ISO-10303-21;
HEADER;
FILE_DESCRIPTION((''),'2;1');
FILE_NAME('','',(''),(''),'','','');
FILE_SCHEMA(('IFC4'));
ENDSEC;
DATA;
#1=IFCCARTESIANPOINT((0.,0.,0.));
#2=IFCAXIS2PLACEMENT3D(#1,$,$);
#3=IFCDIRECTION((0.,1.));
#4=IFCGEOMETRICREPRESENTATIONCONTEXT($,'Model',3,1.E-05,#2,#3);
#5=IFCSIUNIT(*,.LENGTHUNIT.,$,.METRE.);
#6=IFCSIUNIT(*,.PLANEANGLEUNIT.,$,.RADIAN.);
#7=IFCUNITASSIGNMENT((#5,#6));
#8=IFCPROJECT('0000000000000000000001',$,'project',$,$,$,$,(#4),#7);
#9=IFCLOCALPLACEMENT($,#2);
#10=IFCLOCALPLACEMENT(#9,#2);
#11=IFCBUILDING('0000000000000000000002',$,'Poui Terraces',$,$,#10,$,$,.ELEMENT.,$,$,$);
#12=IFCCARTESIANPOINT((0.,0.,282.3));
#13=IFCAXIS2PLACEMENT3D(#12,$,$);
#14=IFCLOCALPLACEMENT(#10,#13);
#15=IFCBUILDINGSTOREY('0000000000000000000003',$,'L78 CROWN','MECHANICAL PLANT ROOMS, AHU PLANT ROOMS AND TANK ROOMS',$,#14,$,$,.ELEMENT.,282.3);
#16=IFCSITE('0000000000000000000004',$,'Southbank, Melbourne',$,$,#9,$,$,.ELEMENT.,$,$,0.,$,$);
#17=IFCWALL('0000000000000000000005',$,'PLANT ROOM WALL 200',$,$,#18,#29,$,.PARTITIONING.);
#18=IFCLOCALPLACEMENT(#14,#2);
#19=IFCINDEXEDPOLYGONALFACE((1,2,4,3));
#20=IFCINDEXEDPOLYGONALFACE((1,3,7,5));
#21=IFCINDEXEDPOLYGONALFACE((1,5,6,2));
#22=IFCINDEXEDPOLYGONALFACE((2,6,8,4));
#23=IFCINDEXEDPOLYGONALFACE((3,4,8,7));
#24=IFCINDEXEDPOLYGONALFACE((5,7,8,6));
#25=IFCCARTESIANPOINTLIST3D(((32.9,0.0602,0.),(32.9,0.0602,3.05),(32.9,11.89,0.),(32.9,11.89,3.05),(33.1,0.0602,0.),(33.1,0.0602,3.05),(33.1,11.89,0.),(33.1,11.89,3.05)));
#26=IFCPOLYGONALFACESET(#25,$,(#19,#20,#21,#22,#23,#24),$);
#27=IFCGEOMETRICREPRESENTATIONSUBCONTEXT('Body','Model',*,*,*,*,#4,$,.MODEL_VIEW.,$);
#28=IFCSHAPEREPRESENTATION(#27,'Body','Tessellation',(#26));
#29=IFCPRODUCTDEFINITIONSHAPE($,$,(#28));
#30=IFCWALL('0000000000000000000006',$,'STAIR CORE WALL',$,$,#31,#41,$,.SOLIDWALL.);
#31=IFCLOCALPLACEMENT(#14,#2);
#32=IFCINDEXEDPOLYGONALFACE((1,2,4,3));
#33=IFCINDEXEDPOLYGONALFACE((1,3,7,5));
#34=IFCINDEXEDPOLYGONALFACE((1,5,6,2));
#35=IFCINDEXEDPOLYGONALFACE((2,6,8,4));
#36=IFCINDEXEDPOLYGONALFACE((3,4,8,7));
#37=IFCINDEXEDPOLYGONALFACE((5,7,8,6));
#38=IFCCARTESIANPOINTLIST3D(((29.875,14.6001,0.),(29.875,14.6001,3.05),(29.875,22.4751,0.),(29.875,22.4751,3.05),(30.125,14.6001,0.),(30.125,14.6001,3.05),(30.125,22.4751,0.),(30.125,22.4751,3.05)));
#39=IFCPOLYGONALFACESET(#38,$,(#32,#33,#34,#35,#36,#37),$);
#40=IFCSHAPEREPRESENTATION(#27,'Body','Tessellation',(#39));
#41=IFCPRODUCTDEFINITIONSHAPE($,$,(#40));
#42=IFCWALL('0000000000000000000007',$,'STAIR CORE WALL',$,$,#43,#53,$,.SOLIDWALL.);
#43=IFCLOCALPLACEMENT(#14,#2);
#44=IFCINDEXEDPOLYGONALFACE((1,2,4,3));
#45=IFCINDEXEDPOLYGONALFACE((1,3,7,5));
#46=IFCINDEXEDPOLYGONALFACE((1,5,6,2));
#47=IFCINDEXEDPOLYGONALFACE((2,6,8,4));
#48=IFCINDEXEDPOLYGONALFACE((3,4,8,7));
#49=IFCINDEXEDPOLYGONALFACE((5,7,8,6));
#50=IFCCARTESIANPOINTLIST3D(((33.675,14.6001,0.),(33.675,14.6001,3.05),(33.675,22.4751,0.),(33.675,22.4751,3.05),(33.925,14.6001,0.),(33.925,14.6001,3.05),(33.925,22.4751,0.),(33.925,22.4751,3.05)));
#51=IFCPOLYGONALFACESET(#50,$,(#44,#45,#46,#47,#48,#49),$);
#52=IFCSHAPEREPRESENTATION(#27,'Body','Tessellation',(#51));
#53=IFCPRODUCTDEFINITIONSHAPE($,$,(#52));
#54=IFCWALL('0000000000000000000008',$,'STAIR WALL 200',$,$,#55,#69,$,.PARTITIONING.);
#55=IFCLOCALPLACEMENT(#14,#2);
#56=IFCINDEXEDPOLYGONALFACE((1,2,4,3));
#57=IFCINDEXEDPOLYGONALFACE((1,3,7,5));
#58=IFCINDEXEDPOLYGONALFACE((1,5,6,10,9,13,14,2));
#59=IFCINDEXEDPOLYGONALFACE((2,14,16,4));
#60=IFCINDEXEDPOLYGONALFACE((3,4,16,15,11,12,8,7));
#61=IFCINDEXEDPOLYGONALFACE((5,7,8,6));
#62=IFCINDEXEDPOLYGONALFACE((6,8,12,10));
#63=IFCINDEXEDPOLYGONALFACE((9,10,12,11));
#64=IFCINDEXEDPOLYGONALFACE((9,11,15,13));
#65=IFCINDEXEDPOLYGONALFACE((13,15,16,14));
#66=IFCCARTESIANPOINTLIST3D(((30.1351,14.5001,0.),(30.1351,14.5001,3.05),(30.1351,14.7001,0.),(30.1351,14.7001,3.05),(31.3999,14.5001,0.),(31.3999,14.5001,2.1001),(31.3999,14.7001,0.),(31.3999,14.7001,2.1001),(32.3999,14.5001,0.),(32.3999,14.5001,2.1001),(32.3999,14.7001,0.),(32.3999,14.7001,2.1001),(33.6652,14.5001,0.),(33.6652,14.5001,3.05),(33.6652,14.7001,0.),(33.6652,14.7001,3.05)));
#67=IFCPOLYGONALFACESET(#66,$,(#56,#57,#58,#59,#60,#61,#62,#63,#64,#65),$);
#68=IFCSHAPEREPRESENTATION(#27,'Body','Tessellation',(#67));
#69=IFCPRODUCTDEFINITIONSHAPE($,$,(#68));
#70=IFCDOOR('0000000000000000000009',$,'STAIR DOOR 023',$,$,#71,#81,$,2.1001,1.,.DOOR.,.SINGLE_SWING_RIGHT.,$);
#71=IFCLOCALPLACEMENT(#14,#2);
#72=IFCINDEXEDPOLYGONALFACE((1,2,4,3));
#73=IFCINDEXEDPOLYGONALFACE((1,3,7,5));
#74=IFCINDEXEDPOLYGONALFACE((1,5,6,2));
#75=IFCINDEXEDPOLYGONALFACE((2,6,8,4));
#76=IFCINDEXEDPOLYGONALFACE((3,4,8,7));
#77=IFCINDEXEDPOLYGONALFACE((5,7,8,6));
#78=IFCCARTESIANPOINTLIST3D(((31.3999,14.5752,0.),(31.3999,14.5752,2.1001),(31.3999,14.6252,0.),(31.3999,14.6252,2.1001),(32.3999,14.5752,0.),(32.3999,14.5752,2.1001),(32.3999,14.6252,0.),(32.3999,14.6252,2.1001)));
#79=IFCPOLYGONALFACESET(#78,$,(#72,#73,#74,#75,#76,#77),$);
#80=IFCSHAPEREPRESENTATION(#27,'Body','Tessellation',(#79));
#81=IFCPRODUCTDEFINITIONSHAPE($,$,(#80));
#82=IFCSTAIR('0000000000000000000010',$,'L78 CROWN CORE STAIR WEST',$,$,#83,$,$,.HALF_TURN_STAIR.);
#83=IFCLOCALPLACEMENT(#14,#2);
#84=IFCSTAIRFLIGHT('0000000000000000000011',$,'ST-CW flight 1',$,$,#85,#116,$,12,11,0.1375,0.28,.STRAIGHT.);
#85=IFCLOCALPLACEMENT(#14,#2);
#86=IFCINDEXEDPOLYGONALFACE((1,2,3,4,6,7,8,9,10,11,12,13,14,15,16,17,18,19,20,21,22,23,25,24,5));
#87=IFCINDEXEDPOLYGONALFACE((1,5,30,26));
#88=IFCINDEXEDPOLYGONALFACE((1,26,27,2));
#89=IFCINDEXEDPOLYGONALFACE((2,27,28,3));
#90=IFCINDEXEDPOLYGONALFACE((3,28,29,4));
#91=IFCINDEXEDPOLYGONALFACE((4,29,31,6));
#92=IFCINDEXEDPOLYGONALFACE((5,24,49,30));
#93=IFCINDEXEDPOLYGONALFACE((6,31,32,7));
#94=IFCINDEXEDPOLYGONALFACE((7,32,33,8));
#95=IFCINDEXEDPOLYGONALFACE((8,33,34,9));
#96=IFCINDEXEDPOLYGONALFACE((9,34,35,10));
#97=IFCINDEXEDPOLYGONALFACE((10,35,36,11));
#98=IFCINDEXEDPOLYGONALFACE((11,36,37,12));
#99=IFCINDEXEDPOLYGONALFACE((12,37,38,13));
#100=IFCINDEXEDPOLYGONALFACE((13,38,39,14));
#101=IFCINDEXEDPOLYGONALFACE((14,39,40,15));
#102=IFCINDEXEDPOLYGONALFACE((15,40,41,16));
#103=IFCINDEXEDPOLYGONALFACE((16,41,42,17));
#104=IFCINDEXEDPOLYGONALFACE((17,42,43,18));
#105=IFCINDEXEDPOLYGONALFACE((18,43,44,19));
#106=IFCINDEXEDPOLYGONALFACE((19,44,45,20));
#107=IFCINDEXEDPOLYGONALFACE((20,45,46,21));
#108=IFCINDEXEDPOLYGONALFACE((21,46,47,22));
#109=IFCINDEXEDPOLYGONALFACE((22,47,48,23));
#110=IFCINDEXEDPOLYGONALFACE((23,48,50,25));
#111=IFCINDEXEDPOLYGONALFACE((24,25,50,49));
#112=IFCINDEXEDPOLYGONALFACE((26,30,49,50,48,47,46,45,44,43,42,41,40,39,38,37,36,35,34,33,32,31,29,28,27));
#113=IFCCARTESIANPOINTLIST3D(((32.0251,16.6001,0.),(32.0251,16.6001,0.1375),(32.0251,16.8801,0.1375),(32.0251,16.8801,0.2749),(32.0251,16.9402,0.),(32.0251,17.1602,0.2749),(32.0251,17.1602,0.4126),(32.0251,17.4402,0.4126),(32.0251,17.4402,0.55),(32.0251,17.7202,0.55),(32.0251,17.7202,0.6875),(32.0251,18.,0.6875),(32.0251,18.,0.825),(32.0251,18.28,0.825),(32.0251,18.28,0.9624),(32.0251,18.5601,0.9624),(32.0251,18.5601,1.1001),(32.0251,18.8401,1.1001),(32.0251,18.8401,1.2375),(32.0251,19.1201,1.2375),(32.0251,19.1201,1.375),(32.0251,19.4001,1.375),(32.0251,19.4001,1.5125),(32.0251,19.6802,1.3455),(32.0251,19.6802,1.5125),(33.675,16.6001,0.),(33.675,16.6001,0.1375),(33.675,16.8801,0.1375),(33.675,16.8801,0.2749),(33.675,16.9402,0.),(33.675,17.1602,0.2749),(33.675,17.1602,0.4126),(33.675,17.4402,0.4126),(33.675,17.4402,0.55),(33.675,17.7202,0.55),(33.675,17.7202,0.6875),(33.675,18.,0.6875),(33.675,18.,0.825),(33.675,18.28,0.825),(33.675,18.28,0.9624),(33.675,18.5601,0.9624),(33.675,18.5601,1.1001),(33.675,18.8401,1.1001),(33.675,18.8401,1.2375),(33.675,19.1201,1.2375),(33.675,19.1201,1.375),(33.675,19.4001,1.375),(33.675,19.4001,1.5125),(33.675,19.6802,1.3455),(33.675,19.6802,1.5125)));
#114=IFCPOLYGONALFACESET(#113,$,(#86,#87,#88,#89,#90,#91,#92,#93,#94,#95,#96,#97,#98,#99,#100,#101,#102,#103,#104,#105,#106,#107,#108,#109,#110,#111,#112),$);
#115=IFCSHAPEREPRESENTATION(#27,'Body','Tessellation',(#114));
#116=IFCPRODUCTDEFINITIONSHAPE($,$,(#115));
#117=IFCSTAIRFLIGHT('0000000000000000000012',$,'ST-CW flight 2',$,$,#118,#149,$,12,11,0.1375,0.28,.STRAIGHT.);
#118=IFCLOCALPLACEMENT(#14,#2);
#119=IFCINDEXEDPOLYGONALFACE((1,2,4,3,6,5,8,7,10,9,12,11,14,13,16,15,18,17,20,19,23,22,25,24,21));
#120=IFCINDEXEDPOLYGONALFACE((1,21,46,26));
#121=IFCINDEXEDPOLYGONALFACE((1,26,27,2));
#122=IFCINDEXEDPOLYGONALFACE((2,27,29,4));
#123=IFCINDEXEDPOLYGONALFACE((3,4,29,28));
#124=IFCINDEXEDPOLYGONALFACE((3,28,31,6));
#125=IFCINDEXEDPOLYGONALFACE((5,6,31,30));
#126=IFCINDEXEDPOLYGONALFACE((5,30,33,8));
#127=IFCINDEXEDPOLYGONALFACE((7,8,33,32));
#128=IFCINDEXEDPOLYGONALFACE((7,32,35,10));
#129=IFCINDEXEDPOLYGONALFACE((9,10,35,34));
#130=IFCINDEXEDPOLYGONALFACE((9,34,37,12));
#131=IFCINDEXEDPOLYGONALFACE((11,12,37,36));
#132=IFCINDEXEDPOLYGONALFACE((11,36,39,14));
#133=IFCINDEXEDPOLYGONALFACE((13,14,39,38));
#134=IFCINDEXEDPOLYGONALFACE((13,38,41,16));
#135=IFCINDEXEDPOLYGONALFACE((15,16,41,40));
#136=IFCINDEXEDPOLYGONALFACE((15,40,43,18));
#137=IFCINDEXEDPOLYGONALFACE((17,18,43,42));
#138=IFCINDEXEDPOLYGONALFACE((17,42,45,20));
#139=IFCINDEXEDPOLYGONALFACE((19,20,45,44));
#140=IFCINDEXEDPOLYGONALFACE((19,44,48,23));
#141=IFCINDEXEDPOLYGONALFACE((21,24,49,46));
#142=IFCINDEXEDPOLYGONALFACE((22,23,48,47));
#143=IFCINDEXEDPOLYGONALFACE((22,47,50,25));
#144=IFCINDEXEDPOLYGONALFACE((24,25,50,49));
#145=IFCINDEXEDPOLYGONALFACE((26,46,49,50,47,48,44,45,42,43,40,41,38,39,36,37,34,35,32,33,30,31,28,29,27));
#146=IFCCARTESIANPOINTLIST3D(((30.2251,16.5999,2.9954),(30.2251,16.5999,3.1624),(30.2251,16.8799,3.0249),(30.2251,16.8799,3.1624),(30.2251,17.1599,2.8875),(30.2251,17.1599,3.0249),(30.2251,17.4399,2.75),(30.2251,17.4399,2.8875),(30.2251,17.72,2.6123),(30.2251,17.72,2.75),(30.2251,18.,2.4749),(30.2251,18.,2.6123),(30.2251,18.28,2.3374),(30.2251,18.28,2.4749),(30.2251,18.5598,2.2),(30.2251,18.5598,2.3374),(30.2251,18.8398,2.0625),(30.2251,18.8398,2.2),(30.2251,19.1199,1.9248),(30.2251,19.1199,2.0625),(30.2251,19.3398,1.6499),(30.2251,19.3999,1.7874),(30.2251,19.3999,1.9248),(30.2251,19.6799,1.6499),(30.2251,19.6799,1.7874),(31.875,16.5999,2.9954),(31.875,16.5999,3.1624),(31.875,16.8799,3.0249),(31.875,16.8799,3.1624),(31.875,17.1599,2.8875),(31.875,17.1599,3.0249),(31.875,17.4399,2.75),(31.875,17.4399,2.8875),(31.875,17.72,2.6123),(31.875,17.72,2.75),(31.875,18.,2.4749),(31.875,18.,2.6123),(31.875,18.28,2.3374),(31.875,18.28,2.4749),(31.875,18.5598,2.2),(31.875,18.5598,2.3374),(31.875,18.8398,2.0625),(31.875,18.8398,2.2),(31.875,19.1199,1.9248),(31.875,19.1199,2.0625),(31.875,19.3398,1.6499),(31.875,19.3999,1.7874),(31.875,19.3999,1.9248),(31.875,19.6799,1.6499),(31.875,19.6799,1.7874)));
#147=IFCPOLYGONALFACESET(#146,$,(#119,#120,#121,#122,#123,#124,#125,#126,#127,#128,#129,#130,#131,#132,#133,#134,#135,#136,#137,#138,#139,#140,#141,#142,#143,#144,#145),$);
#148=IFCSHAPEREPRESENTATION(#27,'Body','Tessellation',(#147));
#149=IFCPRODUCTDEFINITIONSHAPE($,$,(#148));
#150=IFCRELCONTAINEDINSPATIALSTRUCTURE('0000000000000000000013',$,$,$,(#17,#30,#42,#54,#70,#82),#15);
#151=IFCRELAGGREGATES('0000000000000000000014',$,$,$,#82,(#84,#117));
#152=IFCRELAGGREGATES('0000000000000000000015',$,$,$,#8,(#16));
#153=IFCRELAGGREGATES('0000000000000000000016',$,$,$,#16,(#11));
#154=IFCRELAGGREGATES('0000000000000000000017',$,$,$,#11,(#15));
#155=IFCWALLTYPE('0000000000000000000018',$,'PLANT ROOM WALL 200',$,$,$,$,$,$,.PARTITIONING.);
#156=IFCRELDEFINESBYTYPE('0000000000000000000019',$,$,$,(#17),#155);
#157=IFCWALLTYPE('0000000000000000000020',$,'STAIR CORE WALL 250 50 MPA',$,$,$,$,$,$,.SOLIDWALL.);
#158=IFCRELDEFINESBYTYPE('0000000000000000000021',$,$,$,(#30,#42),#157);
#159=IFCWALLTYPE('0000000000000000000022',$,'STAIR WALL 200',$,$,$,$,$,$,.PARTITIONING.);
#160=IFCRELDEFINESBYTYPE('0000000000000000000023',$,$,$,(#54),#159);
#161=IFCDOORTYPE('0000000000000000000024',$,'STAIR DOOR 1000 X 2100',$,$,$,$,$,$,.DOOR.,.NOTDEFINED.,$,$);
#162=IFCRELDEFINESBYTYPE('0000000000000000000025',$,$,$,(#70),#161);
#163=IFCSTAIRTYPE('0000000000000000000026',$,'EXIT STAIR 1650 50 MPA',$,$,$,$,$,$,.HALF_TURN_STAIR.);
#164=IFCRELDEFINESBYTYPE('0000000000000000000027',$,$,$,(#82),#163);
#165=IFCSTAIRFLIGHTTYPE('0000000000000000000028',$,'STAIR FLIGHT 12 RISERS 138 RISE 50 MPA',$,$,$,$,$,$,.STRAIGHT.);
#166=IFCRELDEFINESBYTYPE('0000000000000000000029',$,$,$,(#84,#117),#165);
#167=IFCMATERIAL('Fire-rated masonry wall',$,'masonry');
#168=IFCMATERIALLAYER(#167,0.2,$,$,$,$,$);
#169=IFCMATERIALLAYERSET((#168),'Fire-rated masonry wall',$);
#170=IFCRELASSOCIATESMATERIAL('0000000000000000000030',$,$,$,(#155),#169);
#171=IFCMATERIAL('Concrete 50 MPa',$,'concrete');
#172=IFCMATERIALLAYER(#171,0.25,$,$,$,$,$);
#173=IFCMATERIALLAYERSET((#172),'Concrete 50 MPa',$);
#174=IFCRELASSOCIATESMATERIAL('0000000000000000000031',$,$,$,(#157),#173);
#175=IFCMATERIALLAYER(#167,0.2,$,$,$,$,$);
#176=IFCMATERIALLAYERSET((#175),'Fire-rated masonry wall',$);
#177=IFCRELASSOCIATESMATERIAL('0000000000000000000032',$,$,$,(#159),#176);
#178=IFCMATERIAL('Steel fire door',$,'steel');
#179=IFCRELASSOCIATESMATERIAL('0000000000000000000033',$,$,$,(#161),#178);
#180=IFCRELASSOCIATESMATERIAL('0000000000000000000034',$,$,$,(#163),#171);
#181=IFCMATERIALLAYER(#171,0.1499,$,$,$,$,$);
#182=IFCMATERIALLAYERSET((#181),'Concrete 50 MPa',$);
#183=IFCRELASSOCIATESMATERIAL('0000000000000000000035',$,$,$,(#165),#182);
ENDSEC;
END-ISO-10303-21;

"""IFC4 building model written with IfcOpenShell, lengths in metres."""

from ifc_helpers import new_model, si_unit, direction, frame, frame_2d, origin, place, context, subcontext, project, spatial, polyline, rectangle, outline, extrude, material, layer, layer_set, type_object, element, fill, aggregate, save


model = new_model("IFC4")

# Units and contexts
model_context = context("Model", 3, precision=1e-05, world=origin(), true_north=direction((0.0, 1.0)))
body_context = subcontext(model_context, "Body", "Model", "MODEL_VIEW")
ifc_project = project(units=[si_unit("LENGTHUNIT", "METRE"), si_unit("PLANEANGLEUNIT", "RADIAN")], contexts=[model_context])

# Site, building, storey
site_placement = place(None, origin())
site = spatial("IfcSite", under=ifc_project, at=site_placement, Name="Southbank, Melbourne", CompositionType="ELEMENT", RefElevation=0.0)
building_placement = place(site_placement, origin())
building = spatial("IfcBuilding", under=site, at=building_placement, Name="Poui Terraces", CompositionType="ELEMENT")
storey_placement = place(building_placement, frame((0.0, 0.0, 282.3)))
storey = spatial("IfcBuildingStorey", under=building, at=storey_placement, Name="L78 CROWN", Description="MECHANICAL PLANT ROOMS, AHU PLANT ROOMS AND TANK ROOMS", CompositionType="ELEMENT", Elevation=282.3)

# Shared definitions
ifc_material_1 = material(Name="Concrete 50 MPa", Category="concrete")

# Shared definitions
ifc_material_2 = material(Name="Steel fire door", Category="steel")

# Shared definitions
ifc_material_3 = material(Name="Fire-rated masonry wall", Category="masonry")
ifc_layer_1 = layer(ifc_material_3, 0.2)
ifc_layer_set_1 = layer_set([ifc_layer_1], Name="Fire-rated masonry wall")
wall_type_1 = type_object("IfcWallType", Name="PLANT ROOM WALL 200", PredefinedType="PARTITIONING", material=ifc_layer_set_1)

# Walls
wall_1_placement = place(storey_placement, frame((33.0, 0.0601, 0.0), z_axis=(0.0, 0.0, 1.0), x_axis=(0.0, 1.0, 0.0)))
element("IfcWall", 1, at=wall_1_placement, inside=storey, type_object=wall_type_1, Name="PLANT ROOM WALL 200", PredefinedType="PARTITIONING", context=body_context, shape_type="SweptSolid", body=[
    extrude(rectangle(XDim=11.8298, YDim=0.2, at=frame_2d((5.915, 0.0))), origin(), (0.0, 0.0, 1.0), 3.05),
])
ifc_layer_2 = layer(ifc_material_1, 0.25)
ifc_layer_set_2 = layer_set([ifc_layer_2], Name="Concrete 50 MPa")
wall_type_2 = type_object("IfcWallType", Name="STAIR CORE WALL 250 50 MPA", PredefinedType="SOLIDWALL", material=ifc_layer_set_2)
for number, where, z_axis, x_axis, name in (
    (2, (30.0, 14.6001, 0.0), (0.0, 0.0, 1.0), (0.0, 1.0, 0.0), "STAIR CORE WALL"),
    (3, (33.8, 14.6001, 0.0), (0.0, 0.0, 1.0), (0.0, 1.0, 0.0), "STAIR CORE WALL"),
):
    element("IfcWall", number, at=place(storey_placement, frame(where, z_axis=z_axis, x_axis=x_axis)), inside=storey, type_object=wall_type_2, Name=name, PredefinedType="SOLIDWALL", context=body_context, shape_type="SweptSolid", body=[
        extrude(rectangle(XDim=7.875, YDim=0.25, at=frame_2d((3.9375, 0.0))), origin(), (0.0, 0.0, 1.0), 3.05),
    ])

# Wall, opening, door
ifc_layer_3 = layer(ifc_material_3, 0.2)
ifc_layer_set_3 = layer_set([ifc_layer_3], Name="Fire-rated masonry wall")
wall_type_3 = type_object("IfcWallType", Name="STAIR WALL 200", PredefinedType="PARTITIONING", material=ifc_layer_set_3)
wall_2_placement = place(storey_placement, frame((30.135, 14.6001, 0.0), z_axis=(0.0, 0.0, 1.0), x_axis=(1.0, 0.0, 0.0)))
wall_2 = element("IfcWall", 4, at=wall_2_placement, inside=storey, type_object=wall_type_3, Name="STAIR WALL 200", PredefinedType="PARTITIONING", context=body_context, shape_type="SweptSolid", body=[
    extrude(rectangle(XDim=3.53, YDim=0.2, at=frame_2d((1.7651, 0.0))), origin(), (0.0, 0.0, 1.0), 3.05),
])
opening_1_placement = place(wall_2_placement, frame((1.2649, 0.0, 0.0)))
opening_1 = element("IfcOpeningElement", 5, at=opening_1_placement, cuts=wall_2, PredefinedType="OPENING", context=body_context, shape_type="SweptSolid", body=[
    extrude(rectangle(XDim=1.0, YDim=2.1001, at=frame_2d((0.5, 1.05))), frame((0.0, 0.1099, 0.0), z_axis=(0.0, -1.0, 0.0), x_axis=(1.0, 0.0, 0.0)), (0.0, 0.0, 1.0), 0.22),
])
door_type_1 = type_object("IfcDoorType", Name="STAIR DOOR 1000 X 2100", OperationType="NOTDEFINED", PredefinedType="DOOR", material=ifc_material_2)
door_1_placement = place(opening_1_placement, frame((1.0, 0.0, 0.0), z_axis=(0.0, 0.0, 1.0), x_axis=(-1.0, 0.0, 0.0)))
door_1 = element("IfcDoor", 6, at=door_1_placement, inside=storey, type_object=door_type_1, Name="STAIR DOOR 023", OperationType="SINGLE_SWING_RIGHT", OverallHeight=2.1001, OverallWidth=1.0, PredefinedType="DOOR", context=body_context, shape_type="SweptSolid", body=[
    extrude(rectangle(XDim=1.0, YDim=2.1001, at=frame_2d((0.5, 1.05))), frame((0.0, 0.0249, 0.0), z_axis=(0.0, -1.0, 0.0), x_axis=(1.0, 0.0, 0.0)), (0.0, 0.0, 1.0), 0.05),
])
fill(opening_1, door_1)

# Stair, stair flights
stair_type = type_object("IfcStairType", Name="EXIT STAIR 1650 50 MPA", PredefinedType="HALF_TURN_STAIR", material=ifc_material_1)
stair_placement = place(storey_placement, origin())
stair = element("IfcStair", 7, at=stair_placement, inside=storey, type_object=stair_type, Name="L78 CROWN CORE STAIR WEST", PredefinedType="HALF_TURN_STAIR")
ifc_layer_4 = layer(ifc_material_1, 0.1499)
ifc_layer_set_4 = layer_set([ifc_layer_4], Name="Concrete 50 MPa")
stair_flight_type = type_object("IfcStairFlightType", Name="STAIR FLIGHT 12 RISERS 138 RISE 50 MPA", PredefinedType="STRAIGHT", material=ifc_layer_set_4)
stair_flight_1_placement = place(storey_placement, frame((32.8501, 16.6001, 0.0), z_axis=(0.0, 0.0, 1.0), x_axis=(0.0, 1.0, 0.0)))
stair_flight_1 = element("IfcStairFlight", 8, at=stair_flight_1_placement, type_object=stair_flight_type, Name="ST-CW flight 1", NumberOfRisers=12, NumberOfTreads=11, PredefinedType="STRAIGHT", RiserHeight=0.1375, TreadLength=0.28, context=body_context, shape_type="SweptSolid", body=[
    extrude(outline(polyline([(0.0, 0.0), (0.0, 0.1375), (0.28, 0.1375), (0.28, 0.2749), (0.5601, 0.2749), (0.5601, 0.4126), (0.8401, 0.4126), (0.8401, 0.55), (1.1201, 0.55), (1.1201, 0.6875), (1.3999, 0.6875), (1.3999, 0.825), (1.6799, 0.825), (1.6799, 0.9624), (1.96, 0.9624), (1.96, 1.1001), (2.24, 1.1001), (2.24, 1.2375), (2.52, 1.2375), (2.52, 1.375), (2.8, 1.375), (2.8, 1.5125), (3.0801, 1.5125), (3.0801, 1.6499), (3.0801, 1.3455), (0.3401, 0.0), (0.0, 0.0)])), frame((0.0, 0.825, 0.0), z_axis=(0.0, -1.0, 0.0), x_axis=(1.0, 0.0, 0.0)), (0.0, 0.0, 1.0), 1.6499),
])
stair_flight_2_placement = place(storey_placement, frame((31.05, 19.6799, 1.6499), z_axis=(0.0, 0.0, 1.0), x_axis=(0.0, -1.0, 0.0)))
stair_flight_2 = element("IfcStairFlight", 9, at=stair_flight_2_placement, type_object=stair_flight_type, Name="ST-CW flight 2", NumberOfRisers=12, NumberOfTreads=11, PredefinedType="STRAIGHT", RiserHeight=0.1375, TreadLength=0.28, context=body_context, shape_type="SweptSolid", body=[
    extrude(outline(polyline([(0.0, 0.0), (0.0, 0.1375), (0.28, 0.1375), (0.28, 0.2749), (0.5601, 0.2749), (0.5601, 0.4126), (0.8401, 0.4126), (0.8401, 0.55), (1.1201, 0.55), (1.1201, 0.6875), (1.3999, 0.6875), (1.3999, 0.825), (1.6799, 0.825), (1.6799, 0.9624), (1.96, 0.9624), (1.96, 1.1001), (2.24, 1.1001), (2.24, 1.2375), (2.52, 1.2375), (2.52, 1.375), (2.8, 1.375), (2.8, 1.5125), (3.0801, 1.5125), (3.0801, 1.6499), (3.0801, 1.3455), (0.3401, 0.0), (0.0, 0.0)])), frame((0.0, 0.825, 0.0), z_axis=(0.0, -1.0, 0.0), x_axis=(1.0, 0.0, 0.0)), (0.0, 0.0, 1.0), 1.6499),
])
aggregate(stair, [stair_flight_1, stair_flight_2])

save(model, "model.ifc")
